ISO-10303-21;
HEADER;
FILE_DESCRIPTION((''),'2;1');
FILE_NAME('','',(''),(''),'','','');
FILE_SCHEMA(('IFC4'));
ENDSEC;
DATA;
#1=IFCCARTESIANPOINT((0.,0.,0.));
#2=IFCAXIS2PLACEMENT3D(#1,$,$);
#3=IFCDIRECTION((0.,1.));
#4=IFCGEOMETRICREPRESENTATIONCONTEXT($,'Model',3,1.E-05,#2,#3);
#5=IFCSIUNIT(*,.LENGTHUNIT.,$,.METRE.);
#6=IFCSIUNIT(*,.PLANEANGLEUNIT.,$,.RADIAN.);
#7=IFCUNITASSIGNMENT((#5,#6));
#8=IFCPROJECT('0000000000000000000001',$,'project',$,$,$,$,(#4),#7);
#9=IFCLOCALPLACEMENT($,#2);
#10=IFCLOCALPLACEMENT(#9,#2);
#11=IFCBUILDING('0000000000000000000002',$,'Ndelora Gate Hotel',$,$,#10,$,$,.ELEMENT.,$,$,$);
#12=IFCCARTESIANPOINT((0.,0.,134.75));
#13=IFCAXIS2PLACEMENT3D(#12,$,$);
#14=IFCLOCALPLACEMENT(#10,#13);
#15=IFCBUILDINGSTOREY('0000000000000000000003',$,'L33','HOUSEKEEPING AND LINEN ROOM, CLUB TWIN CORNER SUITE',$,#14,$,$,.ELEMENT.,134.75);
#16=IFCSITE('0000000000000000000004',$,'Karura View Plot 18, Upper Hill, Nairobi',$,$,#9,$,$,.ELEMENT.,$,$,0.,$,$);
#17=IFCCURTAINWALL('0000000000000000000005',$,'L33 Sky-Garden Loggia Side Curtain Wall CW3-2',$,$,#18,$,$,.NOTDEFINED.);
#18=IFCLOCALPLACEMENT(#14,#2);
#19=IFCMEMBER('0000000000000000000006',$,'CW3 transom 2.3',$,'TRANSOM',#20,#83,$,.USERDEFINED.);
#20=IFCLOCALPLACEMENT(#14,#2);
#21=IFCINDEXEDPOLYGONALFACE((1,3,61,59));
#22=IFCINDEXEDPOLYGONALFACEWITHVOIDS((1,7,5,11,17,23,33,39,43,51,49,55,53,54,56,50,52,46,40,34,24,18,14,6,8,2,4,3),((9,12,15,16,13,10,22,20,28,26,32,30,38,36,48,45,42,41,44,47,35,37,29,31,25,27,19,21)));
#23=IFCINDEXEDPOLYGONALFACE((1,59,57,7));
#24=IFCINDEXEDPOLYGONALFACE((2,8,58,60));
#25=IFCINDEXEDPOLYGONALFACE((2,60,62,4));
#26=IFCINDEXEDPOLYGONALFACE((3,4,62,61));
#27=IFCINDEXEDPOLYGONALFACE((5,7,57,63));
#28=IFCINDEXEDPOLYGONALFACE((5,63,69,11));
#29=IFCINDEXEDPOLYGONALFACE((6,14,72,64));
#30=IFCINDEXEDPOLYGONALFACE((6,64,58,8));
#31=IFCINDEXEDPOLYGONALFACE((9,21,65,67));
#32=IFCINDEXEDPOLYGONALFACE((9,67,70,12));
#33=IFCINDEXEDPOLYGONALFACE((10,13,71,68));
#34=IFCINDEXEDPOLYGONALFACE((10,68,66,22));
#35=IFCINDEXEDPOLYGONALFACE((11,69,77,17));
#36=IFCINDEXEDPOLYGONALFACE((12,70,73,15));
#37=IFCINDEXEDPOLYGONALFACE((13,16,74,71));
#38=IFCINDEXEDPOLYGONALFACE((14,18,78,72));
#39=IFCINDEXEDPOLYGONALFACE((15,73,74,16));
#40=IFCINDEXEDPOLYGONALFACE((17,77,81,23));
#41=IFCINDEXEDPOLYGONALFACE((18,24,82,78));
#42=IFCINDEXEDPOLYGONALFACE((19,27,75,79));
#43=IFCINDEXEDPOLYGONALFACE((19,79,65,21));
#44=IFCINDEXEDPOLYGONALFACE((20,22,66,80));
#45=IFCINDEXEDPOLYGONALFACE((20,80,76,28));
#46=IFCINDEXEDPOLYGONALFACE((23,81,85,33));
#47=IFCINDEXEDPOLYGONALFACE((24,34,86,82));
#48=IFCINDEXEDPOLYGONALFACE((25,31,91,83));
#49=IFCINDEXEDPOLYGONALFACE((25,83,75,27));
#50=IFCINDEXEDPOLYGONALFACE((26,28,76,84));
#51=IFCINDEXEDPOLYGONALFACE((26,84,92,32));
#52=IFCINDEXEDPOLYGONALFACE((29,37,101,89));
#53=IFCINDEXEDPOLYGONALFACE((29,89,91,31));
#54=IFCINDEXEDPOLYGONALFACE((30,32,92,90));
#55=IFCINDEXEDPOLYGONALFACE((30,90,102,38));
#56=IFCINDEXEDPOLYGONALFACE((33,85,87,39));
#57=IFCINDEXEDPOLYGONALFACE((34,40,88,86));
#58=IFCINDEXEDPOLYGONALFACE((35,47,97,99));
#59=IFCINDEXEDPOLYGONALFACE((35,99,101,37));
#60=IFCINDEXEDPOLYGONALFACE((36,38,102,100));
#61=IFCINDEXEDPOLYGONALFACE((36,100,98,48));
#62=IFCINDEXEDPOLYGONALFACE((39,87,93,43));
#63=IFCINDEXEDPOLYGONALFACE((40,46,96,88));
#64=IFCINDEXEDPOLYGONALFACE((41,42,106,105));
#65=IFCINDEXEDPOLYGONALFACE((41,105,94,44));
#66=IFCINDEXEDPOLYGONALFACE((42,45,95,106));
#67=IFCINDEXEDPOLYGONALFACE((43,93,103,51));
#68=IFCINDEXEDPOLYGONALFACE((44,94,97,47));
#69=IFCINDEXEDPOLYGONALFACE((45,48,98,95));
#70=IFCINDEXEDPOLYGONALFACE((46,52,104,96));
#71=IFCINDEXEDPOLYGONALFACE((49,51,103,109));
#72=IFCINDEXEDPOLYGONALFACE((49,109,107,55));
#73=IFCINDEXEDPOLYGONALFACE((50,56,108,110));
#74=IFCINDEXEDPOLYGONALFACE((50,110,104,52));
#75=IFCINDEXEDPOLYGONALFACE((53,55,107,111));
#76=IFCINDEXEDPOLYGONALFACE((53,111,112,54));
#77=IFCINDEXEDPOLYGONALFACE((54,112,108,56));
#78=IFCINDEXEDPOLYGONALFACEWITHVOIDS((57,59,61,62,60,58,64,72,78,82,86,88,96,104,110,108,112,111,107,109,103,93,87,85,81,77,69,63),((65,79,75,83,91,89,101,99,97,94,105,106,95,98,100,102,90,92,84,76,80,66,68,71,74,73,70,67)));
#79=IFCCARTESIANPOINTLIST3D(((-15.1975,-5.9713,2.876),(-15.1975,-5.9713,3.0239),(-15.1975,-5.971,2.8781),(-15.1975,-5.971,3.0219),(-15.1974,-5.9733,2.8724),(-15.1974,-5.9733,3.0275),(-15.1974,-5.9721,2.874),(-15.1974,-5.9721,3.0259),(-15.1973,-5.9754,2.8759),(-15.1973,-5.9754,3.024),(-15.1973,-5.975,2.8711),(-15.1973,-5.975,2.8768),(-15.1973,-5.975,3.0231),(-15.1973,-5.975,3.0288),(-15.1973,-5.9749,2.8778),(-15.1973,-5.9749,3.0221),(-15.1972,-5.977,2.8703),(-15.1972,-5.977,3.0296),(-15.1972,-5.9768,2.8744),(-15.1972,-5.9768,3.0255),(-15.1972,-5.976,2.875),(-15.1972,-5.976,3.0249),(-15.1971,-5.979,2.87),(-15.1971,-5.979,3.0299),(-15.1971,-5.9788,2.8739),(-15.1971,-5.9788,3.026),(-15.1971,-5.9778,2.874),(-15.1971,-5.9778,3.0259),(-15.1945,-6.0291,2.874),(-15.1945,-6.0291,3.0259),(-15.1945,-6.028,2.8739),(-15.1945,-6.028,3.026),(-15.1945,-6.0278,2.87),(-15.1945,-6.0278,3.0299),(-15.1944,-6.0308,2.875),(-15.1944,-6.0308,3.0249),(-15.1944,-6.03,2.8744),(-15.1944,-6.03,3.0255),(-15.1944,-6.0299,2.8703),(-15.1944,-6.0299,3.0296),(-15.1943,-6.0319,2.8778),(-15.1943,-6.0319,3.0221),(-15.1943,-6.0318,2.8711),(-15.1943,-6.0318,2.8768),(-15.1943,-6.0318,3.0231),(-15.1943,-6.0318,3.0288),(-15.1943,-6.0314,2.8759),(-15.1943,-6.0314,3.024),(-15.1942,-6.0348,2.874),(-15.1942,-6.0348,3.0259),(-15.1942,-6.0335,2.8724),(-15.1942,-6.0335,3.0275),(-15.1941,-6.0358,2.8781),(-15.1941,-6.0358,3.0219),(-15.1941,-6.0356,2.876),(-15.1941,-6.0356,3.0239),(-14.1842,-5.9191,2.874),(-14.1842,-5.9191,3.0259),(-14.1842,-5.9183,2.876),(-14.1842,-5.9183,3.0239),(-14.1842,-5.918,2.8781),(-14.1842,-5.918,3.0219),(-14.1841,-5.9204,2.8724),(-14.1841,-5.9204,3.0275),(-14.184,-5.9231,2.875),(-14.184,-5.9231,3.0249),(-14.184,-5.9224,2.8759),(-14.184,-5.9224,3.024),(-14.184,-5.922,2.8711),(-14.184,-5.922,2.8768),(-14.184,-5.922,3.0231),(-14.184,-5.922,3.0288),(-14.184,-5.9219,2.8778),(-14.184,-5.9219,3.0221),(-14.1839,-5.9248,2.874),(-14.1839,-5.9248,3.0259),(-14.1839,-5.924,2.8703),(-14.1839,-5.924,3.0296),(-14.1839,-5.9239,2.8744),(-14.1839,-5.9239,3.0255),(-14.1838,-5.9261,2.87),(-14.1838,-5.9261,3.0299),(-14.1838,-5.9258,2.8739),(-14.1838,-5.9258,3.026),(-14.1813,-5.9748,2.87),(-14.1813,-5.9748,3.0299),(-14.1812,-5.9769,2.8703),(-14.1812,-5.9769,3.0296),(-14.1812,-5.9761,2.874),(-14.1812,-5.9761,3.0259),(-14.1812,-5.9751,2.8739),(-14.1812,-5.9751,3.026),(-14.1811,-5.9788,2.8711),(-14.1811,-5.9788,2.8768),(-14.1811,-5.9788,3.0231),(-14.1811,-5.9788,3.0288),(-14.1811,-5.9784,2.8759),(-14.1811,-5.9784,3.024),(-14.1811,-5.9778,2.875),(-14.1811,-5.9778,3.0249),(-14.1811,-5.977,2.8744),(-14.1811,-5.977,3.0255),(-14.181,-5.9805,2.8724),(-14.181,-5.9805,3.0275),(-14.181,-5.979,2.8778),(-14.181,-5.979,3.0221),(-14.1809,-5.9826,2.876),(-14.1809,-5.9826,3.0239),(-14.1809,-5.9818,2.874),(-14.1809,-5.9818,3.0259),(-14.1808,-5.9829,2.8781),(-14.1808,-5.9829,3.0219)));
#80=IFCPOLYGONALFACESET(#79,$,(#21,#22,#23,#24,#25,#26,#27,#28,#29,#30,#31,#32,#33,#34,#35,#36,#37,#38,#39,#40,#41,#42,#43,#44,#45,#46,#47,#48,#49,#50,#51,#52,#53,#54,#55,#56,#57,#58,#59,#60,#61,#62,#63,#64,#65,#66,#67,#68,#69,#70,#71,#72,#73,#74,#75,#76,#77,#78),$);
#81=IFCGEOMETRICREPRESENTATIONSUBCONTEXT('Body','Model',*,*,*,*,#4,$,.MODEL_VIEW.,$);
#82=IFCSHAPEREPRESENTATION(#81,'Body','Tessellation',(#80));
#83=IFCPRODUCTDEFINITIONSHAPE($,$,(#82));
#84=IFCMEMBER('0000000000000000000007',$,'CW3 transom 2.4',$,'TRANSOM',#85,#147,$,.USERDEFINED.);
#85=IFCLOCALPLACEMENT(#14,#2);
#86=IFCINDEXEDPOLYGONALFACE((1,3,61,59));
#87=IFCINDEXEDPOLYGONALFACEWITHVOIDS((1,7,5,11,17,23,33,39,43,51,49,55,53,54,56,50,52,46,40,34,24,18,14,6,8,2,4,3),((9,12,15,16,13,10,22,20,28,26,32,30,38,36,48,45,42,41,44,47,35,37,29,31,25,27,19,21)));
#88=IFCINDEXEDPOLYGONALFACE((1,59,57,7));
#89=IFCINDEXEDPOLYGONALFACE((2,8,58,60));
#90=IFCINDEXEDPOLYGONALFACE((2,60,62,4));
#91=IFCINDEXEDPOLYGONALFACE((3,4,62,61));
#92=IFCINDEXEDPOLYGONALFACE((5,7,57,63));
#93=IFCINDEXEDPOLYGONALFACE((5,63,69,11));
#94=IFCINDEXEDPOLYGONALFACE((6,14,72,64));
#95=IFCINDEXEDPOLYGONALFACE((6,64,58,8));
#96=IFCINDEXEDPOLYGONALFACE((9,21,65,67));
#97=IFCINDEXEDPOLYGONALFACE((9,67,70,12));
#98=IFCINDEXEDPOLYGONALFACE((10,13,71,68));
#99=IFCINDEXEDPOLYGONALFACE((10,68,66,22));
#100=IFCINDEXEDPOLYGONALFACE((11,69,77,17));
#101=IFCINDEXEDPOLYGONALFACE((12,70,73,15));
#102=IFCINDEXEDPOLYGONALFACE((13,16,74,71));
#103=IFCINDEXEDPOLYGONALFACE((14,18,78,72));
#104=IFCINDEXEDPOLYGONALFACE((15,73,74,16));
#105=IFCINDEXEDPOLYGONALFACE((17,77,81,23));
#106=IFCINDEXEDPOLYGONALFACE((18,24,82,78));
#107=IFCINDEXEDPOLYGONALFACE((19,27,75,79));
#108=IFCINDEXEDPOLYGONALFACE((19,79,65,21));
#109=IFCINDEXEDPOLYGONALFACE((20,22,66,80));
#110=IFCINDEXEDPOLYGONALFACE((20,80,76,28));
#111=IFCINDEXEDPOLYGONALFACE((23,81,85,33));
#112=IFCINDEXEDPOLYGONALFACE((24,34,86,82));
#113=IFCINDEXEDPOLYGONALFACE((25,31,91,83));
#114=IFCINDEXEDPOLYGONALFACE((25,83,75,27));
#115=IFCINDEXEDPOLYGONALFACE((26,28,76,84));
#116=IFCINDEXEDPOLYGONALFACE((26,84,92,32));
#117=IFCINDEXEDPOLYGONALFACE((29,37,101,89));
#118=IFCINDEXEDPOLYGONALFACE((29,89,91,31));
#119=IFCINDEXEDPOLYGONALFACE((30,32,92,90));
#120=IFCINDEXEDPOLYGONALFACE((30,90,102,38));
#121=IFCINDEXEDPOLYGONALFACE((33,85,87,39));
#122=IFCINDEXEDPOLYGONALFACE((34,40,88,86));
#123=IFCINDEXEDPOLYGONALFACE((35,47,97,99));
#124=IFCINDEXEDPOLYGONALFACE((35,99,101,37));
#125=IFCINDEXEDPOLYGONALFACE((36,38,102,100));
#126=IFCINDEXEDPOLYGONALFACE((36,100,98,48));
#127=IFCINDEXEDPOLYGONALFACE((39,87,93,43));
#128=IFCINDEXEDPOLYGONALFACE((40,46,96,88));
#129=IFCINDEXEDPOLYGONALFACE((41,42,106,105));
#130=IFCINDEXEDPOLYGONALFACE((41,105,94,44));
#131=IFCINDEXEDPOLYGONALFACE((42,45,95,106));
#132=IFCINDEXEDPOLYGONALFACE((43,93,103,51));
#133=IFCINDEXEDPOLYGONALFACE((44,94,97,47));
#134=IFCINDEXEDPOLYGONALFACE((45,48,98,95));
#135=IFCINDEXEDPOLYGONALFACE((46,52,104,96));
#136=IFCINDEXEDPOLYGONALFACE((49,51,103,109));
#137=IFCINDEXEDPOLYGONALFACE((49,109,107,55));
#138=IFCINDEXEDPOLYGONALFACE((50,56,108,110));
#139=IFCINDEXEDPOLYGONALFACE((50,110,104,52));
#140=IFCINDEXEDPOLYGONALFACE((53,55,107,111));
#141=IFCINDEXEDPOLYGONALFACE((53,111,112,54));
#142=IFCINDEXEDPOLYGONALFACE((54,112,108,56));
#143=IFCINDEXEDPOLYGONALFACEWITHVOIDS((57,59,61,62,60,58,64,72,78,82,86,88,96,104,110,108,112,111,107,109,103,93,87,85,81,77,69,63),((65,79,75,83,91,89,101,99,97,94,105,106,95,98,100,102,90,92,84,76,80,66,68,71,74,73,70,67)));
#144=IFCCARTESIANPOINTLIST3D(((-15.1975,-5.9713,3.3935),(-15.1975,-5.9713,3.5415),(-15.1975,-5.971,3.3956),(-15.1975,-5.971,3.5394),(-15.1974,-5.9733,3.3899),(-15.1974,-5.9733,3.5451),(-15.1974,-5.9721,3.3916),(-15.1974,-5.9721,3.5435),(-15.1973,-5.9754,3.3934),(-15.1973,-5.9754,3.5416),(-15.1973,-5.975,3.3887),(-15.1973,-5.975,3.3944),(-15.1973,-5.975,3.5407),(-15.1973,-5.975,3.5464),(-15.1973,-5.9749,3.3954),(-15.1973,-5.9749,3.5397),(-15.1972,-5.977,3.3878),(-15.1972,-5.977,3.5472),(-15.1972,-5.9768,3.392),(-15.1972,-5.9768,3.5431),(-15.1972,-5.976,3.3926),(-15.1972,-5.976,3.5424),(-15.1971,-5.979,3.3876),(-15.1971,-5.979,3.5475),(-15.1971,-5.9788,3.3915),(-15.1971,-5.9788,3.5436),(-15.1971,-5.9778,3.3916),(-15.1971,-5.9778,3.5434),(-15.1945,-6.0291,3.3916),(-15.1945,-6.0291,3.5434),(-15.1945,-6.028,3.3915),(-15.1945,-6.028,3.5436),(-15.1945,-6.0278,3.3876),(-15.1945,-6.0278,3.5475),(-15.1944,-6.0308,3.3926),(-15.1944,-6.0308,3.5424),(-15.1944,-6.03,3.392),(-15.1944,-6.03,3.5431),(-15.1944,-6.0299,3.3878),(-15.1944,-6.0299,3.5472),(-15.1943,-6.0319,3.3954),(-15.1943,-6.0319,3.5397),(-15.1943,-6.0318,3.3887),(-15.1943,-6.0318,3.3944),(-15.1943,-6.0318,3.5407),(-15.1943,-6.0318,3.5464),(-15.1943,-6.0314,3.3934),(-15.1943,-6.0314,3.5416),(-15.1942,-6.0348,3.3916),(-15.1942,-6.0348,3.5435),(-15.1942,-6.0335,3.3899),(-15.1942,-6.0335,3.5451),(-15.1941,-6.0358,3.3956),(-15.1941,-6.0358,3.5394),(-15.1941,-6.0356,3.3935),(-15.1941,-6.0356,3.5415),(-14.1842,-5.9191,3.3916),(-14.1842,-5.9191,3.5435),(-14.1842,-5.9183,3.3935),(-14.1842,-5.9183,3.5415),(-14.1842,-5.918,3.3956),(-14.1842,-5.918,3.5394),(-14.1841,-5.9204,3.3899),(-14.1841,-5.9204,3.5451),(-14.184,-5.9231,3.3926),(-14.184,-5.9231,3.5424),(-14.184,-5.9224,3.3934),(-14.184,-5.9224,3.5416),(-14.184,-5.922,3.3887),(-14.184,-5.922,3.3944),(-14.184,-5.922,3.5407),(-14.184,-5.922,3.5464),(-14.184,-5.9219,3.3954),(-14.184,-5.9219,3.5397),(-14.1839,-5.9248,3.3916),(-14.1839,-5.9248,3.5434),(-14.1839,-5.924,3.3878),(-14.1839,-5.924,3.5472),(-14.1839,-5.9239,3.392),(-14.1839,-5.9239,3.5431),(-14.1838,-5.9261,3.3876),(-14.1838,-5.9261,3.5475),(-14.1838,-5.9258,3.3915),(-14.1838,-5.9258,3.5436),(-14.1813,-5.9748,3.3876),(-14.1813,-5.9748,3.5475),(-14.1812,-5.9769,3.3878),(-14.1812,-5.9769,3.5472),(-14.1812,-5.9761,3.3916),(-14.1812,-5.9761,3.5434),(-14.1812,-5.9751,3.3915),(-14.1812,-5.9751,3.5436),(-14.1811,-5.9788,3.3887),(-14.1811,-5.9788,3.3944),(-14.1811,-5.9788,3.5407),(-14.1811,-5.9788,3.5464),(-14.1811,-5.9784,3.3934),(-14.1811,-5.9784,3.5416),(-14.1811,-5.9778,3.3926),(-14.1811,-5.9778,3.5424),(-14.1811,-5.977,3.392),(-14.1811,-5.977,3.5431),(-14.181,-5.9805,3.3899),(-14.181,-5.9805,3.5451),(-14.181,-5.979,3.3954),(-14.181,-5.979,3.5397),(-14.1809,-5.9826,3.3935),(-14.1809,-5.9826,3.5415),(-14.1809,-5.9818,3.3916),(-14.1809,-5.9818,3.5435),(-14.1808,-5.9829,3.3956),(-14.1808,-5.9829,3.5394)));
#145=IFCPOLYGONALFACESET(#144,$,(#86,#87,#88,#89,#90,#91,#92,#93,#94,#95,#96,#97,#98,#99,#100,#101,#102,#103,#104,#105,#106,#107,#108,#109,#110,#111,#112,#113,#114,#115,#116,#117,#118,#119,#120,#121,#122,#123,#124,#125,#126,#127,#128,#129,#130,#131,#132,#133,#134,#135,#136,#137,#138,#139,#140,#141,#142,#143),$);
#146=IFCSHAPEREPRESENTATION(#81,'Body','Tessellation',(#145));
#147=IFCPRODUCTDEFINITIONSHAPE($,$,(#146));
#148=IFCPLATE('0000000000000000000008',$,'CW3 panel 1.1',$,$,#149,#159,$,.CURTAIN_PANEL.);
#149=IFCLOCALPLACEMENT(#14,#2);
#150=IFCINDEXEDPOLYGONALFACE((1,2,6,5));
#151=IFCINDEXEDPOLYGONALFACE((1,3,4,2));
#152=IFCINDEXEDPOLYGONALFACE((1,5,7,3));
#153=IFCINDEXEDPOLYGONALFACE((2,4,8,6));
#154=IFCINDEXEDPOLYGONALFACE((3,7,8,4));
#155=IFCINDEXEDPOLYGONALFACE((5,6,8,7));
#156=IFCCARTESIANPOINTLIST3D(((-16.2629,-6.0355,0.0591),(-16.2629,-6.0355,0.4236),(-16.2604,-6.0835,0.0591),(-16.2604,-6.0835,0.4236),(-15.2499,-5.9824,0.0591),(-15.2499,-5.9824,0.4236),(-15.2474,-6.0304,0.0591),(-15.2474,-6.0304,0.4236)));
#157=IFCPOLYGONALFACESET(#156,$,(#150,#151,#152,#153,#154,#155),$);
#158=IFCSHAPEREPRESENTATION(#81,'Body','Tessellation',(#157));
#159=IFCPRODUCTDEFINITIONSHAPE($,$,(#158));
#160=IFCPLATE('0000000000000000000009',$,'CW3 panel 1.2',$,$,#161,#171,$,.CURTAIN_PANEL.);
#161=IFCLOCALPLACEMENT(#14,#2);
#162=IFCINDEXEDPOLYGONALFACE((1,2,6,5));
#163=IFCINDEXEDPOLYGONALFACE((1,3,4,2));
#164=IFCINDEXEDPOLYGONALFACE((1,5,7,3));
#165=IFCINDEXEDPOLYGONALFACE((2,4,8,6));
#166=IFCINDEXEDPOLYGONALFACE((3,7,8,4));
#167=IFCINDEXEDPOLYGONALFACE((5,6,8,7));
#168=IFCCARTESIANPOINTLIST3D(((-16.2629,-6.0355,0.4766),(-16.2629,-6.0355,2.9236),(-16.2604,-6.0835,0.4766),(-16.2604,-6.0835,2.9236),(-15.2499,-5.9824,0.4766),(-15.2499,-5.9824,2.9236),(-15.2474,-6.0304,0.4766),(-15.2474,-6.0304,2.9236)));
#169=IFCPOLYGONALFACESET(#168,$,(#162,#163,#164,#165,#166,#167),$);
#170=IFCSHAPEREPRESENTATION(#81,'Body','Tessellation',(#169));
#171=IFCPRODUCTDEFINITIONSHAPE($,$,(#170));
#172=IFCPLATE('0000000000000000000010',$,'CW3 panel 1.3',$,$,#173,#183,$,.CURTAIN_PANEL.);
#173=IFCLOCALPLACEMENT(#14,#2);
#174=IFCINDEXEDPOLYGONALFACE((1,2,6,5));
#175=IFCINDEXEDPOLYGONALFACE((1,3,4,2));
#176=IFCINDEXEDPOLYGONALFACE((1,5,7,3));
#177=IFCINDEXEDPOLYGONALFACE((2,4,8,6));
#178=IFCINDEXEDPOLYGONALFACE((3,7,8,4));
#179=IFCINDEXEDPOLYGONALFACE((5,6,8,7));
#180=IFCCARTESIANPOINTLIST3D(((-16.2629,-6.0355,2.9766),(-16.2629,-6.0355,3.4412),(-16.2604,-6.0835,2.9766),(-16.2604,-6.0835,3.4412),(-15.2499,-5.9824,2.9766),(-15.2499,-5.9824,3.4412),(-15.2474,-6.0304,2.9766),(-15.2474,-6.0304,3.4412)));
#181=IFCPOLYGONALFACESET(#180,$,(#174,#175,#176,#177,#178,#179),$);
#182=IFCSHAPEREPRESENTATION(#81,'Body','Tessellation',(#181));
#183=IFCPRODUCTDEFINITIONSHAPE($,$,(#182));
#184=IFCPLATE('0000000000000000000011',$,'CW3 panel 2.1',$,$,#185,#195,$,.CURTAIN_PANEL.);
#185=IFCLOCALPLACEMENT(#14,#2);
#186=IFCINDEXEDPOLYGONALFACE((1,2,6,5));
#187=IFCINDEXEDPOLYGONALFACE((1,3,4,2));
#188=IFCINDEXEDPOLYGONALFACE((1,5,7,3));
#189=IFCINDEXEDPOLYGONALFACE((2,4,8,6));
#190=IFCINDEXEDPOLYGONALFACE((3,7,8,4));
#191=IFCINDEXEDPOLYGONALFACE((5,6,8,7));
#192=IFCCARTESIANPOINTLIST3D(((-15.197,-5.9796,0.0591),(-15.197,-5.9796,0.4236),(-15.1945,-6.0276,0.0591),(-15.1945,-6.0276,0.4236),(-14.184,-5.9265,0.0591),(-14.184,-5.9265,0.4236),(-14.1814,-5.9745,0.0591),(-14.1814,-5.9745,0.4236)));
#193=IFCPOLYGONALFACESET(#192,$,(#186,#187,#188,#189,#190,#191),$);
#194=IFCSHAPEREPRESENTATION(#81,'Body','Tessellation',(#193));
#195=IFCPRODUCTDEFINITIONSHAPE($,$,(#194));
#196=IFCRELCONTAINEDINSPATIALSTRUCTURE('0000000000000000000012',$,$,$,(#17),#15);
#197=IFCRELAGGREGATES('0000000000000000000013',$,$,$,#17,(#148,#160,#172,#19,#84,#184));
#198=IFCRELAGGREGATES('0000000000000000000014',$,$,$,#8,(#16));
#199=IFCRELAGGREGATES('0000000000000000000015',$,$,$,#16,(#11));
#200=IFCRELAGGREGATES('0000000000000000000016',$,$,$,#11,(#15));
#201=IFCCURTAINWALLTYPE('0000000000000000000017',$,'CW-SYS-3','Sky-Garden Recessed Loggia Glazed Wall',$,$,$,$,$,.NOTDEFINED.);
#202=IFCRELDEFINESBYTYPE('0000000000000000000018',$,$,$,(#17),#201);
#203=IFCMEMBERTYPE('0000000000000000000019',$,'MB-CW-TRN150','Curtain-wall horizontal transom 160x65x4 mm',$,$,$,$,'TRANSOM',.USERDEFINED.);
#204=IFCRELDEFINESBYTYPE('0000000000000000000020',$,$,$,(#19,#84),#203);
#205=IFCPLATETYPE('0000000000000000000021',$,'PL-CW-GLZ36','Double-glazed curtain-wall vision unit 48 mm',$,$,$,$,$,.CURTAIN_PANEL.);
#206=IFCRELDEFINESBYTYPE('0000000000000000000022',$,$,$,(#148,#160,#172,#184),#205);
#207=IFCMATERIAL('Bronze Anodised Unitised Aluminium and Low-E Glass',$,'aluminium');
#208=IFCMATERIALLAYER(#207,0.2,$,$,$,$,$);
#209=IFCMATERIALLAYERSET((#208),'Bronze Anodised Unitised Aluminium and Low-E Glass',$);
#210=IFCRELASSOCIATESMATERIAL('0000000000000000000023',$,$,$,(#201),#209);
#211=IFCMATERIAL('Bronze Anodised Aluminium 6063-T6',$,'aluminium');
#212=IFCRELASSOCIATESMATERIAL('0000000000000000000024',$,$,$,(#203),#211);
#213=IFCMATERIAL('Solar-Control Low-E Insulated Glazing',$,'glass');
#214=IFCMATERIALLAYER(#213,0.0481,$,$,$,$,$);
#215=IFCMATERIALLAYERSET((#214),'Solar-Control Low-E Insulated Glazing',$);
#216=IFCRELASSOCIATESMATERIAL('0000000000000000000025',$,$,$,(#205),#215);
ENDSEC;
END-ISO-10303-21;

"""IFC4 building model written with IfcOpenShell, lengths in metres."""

from ifc_helpers import new_model, si_unit, direction, frame, origin, origin_2d, place, context, subcontext, project, spatial, rectangle, hollow_rectangle, extrude, material, layer, layer_set, material_profile, profile_set, type_object, element, aggregate, save


model = new_model("IFC4")

# Units and contexts
model_context = context("Model", 3, precision=1e-05, world=origin(), true_north=direction((0.0, 1.0)))
body_context = subcontext(model_context, "Body", "Model", "MODEL_VIEW")
ifc_project = project(units=[si_unit("LENGTHUNIT", "METRE"), si_unit("PLANEANGLEUNIT", "RADIAN")], contexts=[model_context])

# Site, building, storey
site_placement = place(None, origin())
site = spatial("IfcSite", under=ifc_project, at=site_placement, Name="Karura View Plot 18, Upper Hill, Nairobi", CompositionType="ELEMENT", RefElevation=0.0)
building_placement = place(site_placement, origin())
building = spatial("IfcBuilding", under=site, at=building_placement, Name="Ndelora Gate Hotel", CompositionType="ELEMENT")
storey_placement = place(building_placement, frame((0.0, 0.0, 134.75)))
storey = spatial("IfcBuildingStorey", under=building, at=storey_placement, Name="L33", Description="HOUSEKEEPING AND LINEN ROOM, CLUB TWIN CORNER SUITE", CompositionType="ELEMENT", Elevation=134.75)

# Curtain wall, members, plates
ifc_material_1 = material(Name="Bronze Anodised Unitised Aluminium and Low-E Glass", Category="aluminium")
ifc_layer_1 = layer(ifc_material_1, 0.2)
ifc_layer_set_1 = layer_set([ifc_layer_1], Name="Bronze Anodised Unitised Aluminium and Low-E Glass")
curtain_wall_type = type_object("IfcCurtainWallType", Name="CW-SYS-3", Description="Sky-Garden Recessed Loggia Glazed Wall", PredefinedType="NOTDEFINED", material=ifc_layer_set_1)
curtain_wall_placement = place(storey_placement, origin())
curtain_wall = element("IfcCurtainWall", 1, at=curtain_wall_placement, inside=storey, type_object=curtain_wall_type, Name="L33 Sky-Garden Loggia Side Curtain Wall CW3-2", PredefinedType="NOTDEFINED")
ifc_material_2 = material(Name="Bronze Anodised Aluminium 6063-T6", Category="aluminium")
ifc_material_profile_1 = material_profile(ifc_material_2, hollow_rectangle(XDim=0.0649, YDim=0.1599, WallThickness=0.0039, InnerFilletRadius=0.0039, OuterFilletRadius=0.0081, at=origin_2d()), Name="ALU 160x65x4")
ifc_profile_set_1 = profile_set([ifc_material_profile_1], Name="Bronze Anodised Aluminium 6063-T6")
member_type_1 = type_object("IfcMemberType", Name="MB-CW-TRN150", Description="Curtain-wall horizontal transom 160x65x4 mm", ElementType="TRANSOM", PredefinedType="USERDEFINED", material=ifc_profile_set_1)
member_1_placement = place(storey_placement, frame((-15.1958, -6.0034, 2.95), z_axis=(0.998636, 0.052218, 0.0), x_axis=(-0.052218, 0.998636, 0.0)))
member_1 = element("IfcMember", 2, at=member_1_placement, type_object=member_type_1, Name="CW3 transom 2.3", ObjectType="TRANSOM", PredefinedType="USERDEFINED", context=body_context, shape_type="SweptSolid", body=[
    extrude(hollow_rectangle(XDim=0.0649, YDim=0.1599, WallThickness=0.0039, InnerFilletRadius=0.0039, OuterFilletRadius=0.0081, at=origin_2d()), origin(), (0.0, 0.0, 1.0), 1.0146),
])
member_2_placement = place(storey_placement, frame((-15.1958, -6.0034, 3.4675), z_axis=(0.998636, 0.052218, 0.0), x_axis=(-0.052218, 0.998636, 0.0)))
member_2 = element("IfcMember", 3, at=member_2_placement, type_object=member_type_1, Name="CW3 transom 2.4", ObjectType="TRANSOM", PredefinedType="USERDEFINED", context=body_context, shape_type="SweptSolid", body=[
    extrude(hollow_rectangle(XDim=0.0649, YDim=0.1599, WallThickness=0.0039, InnerFilletRadius=0.0039, OuterFilletRadius=0.0081, at=origin_2d()), origin(), (0.0, 0.0, 1.0), 1.0146),
])
ifc_material_3 = material(Name="Solar-Control Low-E Insulated Glazing", Category="glass")
ifc_layer_2 = layer(ifc_material_3, 0.0481)
ifc_layer_set_2 = layer_set([ifc_layer_2], Name="Solar-Control Low-E Insulated Glazing")
plate_type = type_object("IfcPlateType", Name="PL-CW-GLZ36", Description="Double-glazed curtain-wall vision unit 48 mm", PredefinedType="CURTAIN_PANEL", material=ifc_layer_set_2)
plate_1_placement = place(storey_placement, frame((-15.7551, -6.033, 0.0591), z_axis=(0.0, 0.0, 1.0), x_axis=(0.998628, 0.052363, 0.0)))
plate_1 = element("IfcPlate", 4, at=plate_1_placement, type_object=plate_type, Name="CW3 panel 1.1", PredefinedType="CURTAIN_PANEL", context=body_context, shape_type="SweptSolid", body=[
    extrude(rectangle(XDim=1.0144, YDim=0.0481, at=origin_2d()), origin(), (0.0, 0.0, 1.0), 0.3645),
])
plate_2_placement = place(storey_placement, frame((-15.7551, -6.033, 0.4766), z_axis=(0.0, 0.0, 1.0), x_axis=(0.998628, 0.052363, 0.0)))
plate_2 = element("IfcPlate", 5, at=plate_2_placement, type_object=plate_type, Name="CW3 panel 1.2", PredefinedType="CURTAIN_PANEL", context=body_context, shape_type="SweptSolid", body=[
    extrude(rectangle(XDim=1.0144, YDim=0.0481, at=origin_2d()), origin(), (0.0, 0.0, 1.0), 2.447),
])
plate_3_placement = place(storey_placement, frame((-15.7551, -6.033, 2.9766), z_axis=(0.0, 0.0, 1.0), x_axis=(0.998628, 0.052363, 0.0)))
plate_3 = element("IfcPlate", 6, at=plate_3_placement, type_object=plate_type, Name="CW3 panel 1.3", PredefinedType="CURTAIN_PANEL", context=body_context, shape_type="SweptSolid", body=[
    extrude(rectangle(XDim=1.0144, YDim=0.0481, at=origin_2d()), origin(), (0.0, 0.0, 1.0), 0.4646),
])
plate_4_placement = place(storey_placement, frame((-14.6892, -5.9771, 0.0591), z_axis=(0.0, 0.0, 1.0), x_axis=(0.998628, 0.052363, 0.0)))
plate_4 = element("IfcPlate", 7, at=plate_4_placement, type_object=plate_type, Name="CW3 panel 2.1", PredefinedType="CURTAIN_PANEL", context=body_context, shape_type="SweptSolid", body=[
    extrude(rectangle(XDim=1.0144, YDim=0.0481, at=origin_2d()), origin(), (0.0, 0.0, 1.0), 0.3645),
])
aggregate(curtain_wall, [plate_1, plate_2, plate_3, member_1, member_2, plate_4])

save(model, "model.ifc")
